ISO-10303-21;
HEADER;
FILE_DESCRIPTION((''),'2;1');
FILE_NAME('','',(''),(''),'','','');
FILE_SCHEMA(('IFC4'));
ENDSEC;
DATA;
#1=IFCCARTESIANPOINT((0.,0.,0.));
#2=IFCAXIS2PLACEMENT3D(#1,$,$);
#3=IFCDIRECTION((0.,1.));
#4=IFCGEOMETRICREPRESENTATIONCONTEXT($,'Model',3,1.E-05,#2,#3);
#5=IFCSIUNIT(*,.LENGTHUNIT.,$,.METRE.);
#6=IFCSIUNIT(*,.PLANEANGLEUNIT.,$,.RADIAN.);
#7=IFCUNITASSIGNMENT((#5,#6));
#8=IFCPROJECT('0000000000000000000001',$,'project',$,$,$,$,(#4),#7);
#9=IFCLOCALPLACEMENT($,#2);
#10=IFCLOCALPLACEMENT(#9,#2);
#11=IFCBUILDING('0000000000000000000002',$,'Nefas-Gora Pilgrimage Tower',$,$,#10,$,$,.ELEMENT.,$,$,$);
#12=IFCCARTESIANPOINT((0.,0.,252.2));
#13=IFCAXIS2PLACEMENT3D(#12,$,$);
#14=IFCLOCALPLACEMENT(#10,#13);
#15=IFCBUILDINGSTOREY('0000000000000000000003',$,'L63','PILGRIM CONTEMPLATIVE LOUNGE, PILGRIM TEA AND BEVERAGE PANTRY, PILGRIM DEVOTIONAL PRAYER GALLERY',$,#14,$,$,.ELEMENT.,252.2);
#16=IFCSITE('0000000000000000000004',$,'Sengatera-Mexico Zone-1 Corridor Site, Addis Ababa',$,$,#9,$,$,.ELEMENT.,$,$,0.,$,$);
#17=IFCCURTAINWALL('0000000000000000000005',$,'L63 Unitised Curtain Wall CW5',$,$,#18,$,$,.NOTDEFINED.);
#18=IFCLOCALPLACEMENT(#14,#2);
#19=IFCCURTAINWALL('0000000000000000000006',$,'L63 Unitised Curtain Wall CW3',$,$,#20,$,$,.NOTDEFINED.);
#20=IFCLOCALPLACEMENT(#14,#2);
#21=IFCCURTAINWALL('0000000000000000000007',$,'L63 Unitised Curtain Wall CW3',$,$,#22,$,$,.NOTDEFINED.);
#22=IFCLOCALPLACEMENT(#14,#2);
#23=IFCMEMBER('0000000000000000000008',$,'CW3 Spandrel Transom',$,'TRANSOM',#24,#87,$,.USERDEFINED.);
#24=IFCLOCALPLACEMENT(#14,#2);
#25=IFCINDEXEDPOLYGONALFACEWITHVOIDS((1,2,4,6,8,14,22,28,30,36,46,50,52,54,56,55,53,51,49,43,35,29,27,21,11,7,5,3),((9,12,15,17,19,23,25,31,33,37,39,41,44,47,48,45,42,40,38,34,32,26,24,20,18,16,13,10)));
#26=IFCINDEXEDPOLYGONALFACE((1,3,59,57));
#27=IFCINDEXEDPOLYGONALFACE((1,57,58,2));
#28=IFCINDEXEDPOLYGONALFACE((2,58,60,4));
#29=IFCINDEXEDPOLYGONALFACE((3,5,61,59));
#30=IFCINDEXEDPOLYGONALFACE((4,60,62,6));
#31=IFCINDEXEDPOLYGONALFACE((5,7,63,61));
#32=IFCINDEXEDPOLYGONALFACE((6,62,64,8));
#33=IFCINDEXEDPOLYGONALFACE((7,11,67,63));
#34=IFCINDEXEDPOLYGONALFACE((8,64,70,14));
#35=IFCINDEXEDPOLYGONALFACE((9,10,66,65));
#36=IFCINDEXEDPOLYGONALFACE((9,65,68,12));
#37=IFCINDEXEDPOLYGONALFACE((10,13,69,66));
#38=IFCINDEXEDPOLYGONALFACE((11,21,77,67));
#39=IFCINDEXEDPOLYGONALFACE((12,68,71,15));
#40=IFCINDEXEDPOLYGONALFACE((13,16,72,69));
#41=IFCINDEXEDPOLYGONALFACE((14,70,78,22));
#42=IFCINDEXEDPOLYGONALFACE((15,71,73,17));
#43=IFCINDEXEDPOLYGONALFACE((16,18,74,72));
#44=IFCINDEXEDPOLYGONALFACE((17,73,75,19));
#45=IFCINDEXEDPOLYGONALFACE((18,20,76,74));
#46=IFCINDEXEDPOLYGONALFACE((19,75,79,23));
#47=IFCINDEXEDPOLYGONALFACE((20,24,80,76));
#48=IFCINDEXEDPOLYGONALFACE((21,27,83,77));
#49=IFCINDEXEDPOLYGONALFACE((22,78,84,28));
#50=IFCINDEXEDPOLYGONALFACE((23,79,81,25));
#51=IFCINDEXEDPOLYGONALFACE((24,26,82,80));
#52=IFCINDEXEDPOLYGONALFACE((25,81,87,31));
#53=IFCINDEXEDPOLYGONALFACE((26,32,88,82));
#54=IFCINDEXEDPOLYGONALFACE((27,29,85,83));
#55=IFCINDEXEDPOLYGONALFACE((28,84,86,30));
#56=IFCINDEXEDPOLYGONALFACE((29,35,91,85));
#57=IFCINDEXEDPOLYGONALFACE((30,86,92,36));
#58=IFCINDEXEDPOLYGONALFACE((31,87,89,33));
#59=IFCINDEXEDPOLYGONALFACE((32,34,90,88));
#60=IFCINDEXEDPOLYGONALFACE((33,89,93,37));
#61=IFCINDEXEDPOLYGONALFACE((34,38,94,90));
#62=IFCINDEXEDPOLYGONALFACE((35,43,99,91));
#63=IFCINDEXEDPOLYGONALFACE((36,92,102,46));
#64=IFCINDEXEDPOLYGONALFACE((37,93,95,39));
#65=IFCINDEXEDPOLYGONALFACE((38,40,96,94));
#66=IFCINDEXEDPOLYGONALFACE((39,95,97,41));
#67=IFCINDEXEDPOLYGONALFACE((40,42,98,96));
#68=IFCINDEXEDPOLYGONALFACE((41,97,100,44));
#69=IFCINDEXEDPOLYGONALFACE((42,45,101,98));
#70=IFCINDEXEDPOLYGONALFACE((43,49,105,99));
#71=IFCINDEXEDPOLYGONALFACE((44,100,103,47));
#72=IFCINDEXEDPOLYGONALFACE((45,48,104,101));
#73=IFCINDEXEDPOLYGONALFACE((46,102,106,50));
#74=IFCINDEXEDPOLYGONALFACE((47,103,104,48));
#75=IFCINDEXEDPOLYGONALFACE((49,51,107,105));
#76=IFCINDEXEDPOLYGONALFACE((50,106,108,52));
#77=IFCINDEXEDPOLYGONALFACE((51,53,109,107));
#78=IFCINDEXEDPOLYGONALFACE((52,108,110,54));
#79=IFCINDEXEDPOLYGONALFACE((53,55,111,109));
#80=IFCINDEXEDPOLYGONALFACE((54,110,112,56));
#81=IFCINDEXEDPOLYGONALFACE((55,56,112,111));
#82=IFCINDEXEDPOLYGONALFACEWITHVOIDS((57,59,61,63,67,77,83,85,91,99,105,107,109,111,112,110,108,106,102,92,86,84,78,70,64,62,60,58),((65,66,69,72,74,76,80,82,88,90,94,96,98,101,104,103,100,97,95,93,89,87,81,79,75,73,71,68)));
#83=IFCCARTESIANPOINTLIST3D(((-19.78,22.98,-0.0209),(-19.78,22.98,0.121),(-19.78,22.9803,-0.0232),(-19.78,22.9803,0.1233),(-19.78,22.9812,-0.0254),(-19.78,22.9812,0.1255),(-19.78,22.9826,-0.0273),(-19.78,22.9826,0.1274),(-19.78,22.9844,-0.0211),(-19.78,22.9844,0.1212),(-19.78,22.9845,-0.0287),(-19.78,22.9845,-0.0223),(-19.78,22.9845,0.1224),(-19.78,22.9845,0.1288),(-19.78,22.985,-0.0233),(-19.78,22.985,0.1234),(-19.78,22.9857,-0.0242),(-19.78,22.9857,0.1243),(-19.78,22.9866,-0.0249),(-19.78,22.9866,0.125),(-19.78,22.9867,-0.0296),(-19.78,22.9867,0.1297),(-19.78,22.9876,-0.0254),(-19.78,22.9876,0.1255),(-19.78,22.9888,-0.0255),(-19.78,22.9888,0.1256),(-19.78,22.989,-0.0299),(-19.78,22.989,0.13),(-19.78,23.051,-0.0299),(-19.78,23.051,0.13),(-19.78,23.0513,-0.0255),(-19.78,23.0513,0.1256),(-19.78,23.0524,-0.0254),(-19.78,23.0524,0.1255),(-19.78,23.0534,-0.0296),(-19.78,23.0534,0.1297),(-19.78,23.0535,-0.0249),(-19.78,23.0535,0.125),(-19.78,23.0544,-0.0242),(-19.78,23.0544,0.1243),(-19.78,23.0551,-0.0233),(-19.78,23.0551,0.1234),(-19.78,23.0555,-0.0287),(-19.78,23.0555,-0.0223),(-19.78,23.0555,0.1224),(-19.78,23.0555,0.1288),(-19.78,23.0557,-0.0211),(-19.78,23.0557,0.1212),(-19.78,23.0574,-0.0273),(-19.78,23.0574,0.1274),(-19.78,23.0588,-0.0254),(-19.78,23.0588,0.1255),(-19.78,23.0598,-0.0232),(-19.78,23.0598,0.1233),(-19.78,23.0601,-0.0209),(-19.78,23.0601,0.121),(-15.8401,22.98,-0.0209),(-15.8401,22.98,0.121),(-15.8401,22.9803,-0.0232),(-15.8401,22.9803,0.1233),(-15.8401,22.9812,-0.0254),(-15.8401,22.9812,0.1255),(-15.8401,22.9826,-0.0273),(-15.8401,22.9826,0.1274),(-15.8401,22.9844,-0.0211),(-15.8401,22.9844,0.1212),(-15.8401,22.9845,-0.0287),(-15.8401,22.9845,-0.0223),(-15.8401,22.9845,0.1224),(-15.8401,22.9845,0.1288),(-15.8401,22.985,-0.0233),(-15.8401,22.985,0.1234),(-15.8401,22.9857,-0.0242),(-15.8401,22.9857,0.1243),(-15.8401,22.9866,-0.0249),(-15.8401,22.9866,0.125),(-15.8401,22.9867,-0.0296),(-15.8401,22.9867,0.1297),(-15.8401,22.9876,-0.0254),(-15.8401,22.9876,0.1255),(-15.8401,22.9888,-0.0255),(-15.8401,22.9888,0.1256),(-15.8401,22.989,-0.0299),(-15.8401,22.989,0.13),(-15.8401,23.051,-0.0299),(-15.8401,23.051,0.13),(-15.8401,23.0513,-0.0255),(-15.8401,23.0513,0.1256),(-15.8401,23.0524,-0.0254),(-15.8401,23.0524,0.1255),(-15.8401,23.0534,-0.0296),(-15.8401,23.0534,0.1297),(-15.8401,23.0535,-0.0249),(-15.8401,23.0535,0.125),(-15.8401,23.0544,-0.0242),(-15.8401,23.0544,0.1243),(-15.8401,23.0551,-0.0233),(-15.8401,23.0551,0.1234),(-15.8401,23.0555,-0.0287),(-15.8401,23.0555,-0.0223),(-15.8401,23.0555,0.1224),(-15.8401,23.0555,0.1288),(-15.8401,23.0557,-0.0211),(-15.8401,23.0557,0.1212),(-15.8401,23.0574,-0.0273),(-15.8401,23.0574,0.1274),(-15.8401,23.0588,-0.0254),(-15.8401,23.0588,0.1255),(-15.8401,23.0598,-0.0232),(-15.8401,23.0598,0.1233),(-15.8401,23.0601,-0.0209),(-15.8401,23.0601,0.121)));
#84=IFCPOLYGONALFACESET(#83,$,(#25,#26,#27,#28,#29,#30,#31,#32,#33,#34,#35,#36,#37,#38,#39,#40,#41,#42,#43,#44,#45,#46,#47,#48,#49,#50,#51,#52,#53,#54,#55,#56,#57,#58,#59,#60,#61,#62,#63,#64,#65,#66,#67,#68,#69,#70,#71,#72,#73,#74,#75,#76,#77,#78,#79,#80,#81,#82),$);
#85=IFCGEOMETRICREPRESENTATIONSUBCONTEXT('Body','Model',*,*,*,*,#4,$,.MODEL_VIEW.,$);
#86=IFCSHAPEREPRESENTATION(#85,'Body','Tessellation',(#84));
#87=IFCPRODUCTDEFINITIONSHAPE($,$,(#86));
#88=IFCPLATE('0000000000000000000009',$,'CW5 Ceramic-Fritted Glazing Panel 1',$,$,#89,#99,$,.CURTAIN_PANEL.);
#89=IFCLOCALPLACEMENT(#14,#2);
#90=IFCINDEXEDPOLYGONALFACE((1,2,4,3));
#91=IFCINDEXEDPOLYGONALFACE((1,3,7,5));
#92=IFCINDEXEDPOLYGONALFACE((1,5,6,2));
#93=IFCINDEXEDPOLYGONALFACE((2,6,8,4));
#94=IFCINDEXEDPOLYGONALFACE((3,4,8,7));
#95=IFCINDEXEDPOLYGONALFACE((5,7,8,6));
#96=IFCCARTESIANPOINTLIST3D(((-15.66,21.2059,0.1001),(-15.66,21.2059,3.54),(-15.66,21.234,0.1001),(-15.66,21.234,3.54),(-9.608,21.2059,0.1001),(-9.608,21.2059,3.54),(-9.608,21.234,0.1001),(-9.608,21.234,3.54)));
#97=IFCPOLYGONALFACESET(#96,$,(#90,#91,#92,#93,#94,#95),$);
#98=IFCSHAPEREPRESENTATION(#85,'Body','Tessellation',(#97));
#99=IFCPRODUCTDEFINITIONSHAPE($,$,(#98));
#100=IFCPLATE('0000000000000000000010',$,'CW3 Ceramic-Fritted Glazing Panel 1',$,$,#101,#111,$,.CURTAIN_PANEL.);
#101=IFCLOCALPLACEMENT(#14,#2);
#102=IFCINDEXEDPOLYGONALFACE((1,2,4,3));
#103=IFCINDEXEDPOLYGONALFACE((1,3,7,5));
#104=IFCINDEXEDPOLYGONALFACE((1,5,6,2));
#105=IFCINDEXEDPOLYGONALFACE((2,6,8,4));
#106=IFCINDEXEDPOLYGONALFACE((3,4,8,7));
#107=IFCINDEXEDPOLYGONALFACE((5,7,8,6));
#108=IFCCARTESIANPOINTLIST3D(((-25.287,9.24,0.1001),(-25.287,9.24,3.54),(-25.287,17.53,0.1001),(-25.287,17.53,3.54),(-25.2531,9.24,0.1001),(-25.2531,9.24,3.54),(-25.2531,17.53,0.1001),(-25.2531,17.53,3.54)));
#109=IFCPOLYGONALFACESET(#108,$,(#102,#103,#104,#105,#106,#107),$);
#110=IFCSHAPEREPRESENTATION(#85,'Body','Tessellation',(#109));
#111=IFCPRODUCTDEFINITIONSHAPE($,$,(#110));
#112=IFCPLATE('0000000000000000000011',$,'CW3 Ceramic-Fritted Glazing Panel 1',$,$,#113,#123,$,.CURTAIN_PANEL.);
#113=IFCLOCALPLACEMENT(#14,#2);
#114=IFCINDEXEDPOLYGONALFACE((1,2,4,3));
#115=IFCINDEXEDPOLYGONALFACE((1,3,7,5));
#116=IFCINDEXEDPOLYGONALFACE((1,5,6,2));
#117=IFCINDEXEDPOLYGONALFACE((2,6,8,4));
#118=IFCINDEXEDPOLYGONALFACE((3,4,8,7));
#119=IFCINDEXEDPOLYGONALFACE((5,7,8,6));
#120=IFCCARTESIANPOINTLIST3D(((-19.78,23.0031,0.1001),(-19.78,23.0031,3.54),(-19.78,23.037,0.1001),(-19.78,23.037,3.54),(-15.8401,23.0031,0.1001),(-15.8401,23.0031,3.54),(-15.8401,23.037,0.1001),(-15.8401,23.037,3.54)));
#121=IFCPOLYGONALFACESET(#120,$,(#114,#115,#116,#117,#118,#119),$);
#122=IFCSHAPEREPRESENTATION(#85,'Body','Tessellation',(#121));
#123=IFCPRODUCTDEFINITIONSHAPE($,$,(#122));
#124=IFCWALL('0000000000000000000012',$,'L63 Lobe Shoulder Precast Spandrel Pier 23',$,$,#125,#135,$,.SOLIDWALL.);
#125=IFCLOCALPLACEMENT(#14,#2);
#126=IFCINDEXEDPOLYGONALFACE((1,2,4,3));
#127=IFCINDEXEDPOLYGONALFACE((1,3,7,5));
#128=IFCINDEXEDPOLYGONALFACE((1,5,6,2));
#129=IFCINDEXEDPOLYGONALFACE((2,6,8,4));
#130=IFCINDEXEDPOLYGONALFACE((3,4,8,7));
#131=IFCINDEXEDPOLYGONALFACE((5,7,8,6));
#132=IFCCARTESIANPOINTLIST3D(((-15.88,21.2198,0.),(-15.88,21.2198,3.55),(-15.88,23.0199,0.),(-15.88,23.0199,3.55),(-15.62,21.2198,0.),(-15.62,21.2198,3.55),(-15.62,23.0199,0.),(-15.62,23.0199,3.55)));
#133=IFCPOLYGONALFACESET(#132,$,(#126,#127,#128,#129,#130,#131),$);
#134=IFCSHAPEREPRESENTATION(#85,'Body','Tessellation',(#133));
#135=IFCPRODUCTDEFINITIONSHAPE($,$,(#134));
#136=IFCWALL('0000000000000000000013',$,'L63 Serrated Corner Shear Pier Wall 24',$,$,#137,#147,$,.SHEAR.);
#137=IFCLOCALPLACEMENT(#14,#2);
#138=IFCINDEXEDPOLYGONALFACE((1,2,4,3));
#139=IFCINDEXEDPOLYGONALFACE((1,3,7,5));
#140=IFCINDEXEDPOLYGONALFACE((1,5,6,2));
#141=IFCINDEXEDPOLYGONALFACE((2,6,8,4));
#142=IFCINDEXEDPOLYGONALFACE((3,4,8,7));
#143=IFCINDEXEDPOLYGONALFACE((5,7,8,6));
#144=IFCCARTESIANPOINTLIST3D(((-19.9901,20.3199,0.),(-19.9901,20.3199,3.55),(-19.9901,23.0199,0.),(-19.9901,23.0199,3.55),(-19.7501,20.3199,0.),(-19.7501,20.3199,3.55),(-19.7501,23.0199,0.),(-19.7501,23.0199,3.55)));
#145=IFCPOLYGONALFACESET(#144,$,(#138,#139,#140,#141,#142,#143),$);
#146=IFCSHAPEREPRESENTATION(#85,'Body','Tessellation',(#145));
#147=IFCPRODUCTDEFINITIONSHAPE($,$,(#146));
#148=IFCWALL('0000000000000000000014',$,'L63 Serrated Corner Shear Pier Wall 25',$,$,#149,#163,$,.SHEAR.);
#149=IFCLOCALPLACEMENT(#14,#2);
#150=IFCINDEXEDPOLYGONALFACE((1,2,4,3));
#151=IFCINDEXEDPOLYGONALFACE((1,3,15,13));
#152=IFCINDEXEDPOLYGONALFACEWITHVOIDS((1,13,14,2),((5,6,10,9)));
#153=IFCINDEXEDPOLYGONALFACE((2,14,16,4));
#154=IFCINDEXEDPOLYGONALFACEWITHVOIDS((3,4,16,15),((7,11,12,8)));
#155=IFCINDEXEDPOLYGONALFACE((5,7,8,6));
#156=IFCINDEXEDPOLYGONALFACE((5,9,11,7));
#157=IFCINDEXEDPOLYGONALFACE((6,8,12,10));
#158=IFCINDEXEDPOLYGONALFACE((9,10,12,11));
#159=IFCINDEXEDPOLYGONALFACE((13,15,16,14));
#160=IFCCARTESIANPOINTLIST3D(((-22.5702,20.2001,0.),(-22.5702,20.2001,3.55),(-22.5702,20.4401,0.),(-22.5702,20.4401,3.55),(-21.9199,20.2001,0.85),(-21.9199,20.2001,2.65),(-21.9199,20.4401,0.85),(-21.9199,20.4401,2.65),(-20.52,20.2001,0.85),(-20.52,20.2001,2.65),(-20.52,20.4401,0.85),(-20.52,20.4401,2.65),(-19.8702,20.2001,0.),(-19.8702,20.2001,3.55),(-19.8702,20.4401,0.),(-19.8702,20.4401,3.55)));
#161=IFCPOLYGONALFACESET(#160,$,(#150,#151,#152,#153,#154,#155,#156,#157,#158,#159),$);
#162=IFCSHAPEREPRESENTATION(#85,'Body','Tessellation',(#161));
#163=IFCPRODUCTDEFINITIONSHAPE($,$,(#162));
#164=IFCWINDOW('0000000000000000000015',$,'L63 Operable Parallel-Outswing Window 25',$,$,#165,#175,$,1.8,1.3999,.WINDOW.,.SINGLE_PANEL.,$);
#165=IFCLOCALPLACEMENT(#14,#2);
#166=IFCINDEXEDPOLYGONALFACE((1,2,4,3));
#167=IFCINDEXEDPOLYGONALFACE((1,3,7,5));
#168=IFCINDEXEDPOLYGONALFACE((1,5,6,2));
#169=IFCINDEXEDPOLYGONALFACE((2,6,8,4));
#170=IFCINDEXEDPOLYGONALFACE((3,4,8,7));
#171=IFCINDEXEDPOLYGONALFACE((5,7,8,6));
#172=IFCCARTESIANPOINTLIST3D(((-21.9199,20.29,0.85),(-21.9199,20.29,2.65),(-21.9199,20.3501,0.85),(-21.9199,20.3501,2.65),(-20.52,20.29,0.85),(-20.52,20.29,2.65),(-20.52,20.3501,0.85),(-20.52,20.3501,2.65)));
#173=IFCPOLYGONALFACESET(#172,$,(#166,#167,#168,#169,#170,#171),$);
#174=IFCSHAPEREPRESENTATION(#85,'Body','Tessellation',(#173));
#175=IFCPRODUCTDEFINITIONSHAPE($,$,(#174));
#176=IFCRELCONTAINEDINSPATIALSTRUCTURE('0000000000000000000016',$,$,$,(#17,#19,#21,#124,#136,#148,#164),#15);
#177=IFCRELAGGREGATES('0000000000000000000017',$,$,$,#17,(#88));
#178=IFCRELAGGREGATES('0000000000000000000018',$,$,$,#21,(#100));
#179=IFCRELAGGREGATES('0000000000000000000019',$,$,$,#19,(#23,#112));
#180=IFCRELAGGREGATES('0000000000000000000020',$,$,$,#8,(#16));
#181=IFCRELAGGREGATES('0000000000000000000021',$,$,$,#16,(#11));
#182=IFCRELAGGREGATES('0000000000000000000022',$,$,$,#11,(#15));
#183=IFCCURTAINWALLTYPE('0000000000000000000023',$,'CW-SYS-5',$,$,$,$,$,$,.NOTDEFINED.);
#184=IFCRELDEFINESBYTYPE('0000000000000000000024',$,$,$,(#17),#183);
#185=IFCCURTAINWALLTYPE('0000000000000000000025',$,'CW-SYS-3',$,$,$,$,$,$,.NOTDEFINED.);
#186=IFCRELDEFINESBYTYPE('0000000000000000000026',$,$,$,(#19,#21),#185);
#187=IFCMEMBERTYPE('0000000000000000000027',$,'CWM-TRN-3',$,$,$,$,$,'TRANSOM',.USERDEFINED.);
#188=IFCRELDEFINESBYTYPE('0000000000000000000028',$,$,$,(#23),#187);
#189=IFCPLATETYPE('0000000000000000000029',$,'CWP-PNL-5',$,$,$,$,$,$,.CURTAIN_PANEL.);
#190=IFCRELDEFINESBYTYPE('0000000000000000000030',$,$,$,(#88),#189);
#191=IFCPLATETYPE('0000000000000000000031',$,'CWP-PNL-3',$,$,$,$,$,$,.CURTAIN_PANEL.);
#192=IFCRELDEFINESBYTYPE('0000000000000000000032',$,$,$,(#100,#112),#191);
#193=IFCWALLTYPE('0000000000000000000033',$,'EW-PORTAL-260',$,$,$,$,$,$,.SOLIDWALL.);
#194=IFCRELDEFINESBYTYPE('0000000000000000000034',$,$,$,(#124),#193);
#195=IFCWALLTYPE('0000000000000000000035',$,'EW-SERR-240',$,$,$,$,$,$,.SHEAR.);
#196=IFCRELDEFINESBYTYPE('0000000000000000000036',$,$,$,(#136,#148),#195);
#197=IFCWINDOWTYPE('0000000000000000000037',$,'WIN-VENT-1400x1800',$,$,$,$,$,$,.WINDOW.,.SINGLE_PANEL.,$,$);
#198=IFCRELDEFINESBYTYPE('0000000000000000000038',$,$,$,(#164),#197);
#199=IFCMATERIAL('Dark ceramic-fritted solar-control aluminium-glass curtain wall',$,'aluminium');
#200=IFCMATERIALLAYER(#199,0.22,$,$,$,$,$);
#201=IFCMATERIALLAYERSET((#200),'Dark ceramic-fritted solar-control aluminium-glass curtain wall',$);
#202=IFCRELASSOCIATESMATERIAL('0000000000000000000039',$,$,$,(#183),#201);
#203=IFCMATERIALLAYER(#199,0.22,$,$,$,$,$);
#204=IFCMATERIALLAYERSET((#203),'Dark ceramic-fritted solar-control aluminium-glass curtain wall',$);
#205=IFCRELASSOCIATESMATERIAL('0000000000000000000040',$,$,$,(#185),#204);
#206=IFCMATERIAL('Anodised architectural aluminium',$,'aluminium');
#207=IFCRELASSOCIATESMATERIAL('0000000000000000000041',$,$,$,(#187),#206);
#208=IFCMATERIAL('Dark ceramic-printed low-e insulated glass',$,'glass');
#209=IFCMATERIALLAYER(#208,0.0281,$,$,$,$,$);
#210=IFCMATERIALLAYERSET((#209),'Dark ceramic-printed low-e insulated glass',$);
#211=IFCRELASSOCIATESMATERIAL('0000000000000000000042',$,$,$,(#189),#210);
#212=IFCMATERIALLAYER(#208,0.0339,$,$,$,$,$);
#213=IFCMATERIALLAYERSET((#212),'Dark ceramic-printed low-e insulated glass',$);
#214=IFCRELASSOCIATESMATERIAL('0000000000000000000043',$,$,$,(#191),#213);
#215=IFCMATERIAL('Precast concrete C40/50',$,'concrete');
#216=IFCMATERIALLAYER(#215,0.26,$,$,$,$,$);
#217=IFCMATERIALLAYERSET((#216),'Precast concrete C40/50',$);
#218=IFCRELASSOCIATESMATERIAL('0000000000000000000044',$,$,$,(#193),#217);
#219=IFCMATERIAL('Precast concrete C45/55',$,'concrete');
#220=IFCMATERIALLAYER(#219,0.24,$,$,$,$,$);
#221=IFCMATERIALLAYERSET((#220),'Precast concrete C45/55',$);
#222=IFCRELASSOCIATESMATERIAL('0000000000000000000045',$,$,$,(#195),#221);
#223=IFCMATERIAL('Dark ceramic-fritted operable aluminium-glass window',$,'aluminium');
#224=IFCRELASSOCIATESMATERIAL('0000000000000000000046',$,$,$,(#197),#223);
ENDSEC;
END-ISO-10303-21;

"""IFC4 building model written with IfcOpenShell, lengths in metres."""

from ifc_helpers import new_model, si_unit, direction, frame, frame_2d, origin, origin_2d, place, context, subcontext, project, spatial, rectangle, hollow_rectangle, extrude, source, transform, mapped, material, layer, layer_set, material_profile, profile_set, type_object, element, fill, aggregate, save


model = new_model("IFC4")

# Units and contexts
model_context = context("Model", 3, precision=1e-05, world=origin(), true_north=direction((0.0, 1.0)))
body_context = subcontext(model_context, "Body", "Model", "MODEL_VIEW")
ifc_project = project(units=[si_unit("LENGTHUNIT", "METRE"), si_unit("PLANEANGLEUNIT", "RADIAN")], contexts=[model_context])

# Site, building, storey
site_placement = place(None, origin())
site = spatial("IfcSite", under=ifc_project, at=site_placement, Name="Sengatera-Mexico Zone-1 Corridor Site, Addis Ababa", CompositionType="ELEMENT", RefElevation=0.0)
building_placement = place(site_placement, origin())
building = spatial("IfcBuilding", under=site, at=building_placement, Name="Nefas-Gora Pilgrimage Tower", CompositionType="ELEMENT")
storey_placement = place(building_placement, frame((0.0, 0.0, 252.2)))
storey = spatial("IfcBuildingStorey", under=building, at=storey_placement, Name="L63", Description="PILGRIM CONTEMPLATIVE LOUNGE, PILGRIM TEA AND BEVERAGE PANTRY, PILGRIM DEVOTIONAL PRAYER GALLERY", CompositionType="ELEMENT", Elevation=252.2)

# Curtain walls
ifc_material_1 = material(Name="Dark ceramic-fritted solar-control aluminium-glass curtain wall", Category="aluminium")
ifc_layer_1 = layer(ifc_material_1, 0.22)
ifc_layer_set_1 = layer_set([ifc_layer_1], Name="Dark ceramic-fritted solar-control aluminium-glass curtain wall")
curtain_wall_type_1 = type_object("IfcCurtainWallType", Name="CW-SYS-5", PredefinedType="NOTDEFINED", material=ifc_layer_set_1)
curtain_wall_1_placement = place(storey_placement, origin())
curtain_wall_1 = element("IfcCurtainWall", 1, at=curtain_wall_1_placement, inside=storey, type_object=curtain_wall_type_1, Name="L63 Unitised Curtain Wall CW5", PredefinedType="NOTDEFINED")
ifc_material_2 = material(Name="Anodised architectural aluminium", Category="aluminium")
ifc_layer_2 = layer(ifc_material_1, 0.22)
ifc_layer_set_2 = layer_set([ifc_layer_2], Name="Dark ceramic-fritted solar-control aluminium-glass curtain wall")
curtain_wall_type_2 = type_object("IfcCurtainWallType", Name="CW-SYS-3", PredefinedType="NOTDEFINED", material=ifc_layer_set_2)
curtain_wall_2_placement = place(storey_placement, origin())
curtain_wall_2 = element("IfcCurtainWall", 2, at=curtain_wall_2_placement, inside=storey, type_object=curtain_wall_type_2, Name="L63 Unitised Curtain Wall CW3", PredefinedType="NOTDEFINED")
curtain_wall_3_placement = place(storey_placement, origin())
curtain_wall_3 = element("IfcCurtainWall", 3, at=curtain_wall_3_placement, inside=storey, type_object=curtain_wall_type_2, Name="L63 Unitised Curtain Wall CW3", PredefinedType="NOTDEFINED")
ifc_material_profile_1 = material_profile(ifc_material_2, hollow_rectangle(XDim=0.0801, YDim=0.1599, WallThickness=0.0044, InnerFilletRadius=0.0044, OuterFilletRadius=0.009, at=origin_2d()), Name="ALU TRANSOM 80x160")
ifc_profile_set_1 = profile_set([ifc_material_profile_1], Name="Anodised architectural aluminium")
member_type_1 = type_object("IfcMemberType", Name="CWM-TRN-3", ElementType="TRANSOM", PredefinedType="USERDEFINED", material=ifc_profile_set_1)

# Member
shared_shape_1 = source(origin(), body_context, "Body", "SweptSolid", [
    extrude(hollow_rectangle(XDim=0.0801, YDim=0.1599, WallThickness=0.0044, InnerFilletRadius=0.0044, OuterFilletRadius=0.009, at=origin_2d()), origin(), (0.0, 0.0, 1.0), 3.9399),
])
member_1_placement = place(storey_placement, frame((-15.8401, 23.02, 0.05), z_axis=(-1.0, 0.0, 0.0), x_axis=(0.0, -1.0, 0.0)))
member_1 = element("IfcMember", 4, at=member_1_placement, type_object=member_type_1, Name="CW3 Spandrel Transom", ObjectType="TRANSOM", PredefinedType="USERDEFINED", context=body_context, shape_type="MappedRepresentation", body=[
    mapped(shared_shape_1, transform((0.0, 0.0, 0.0), x_axis=(1.0, 0.0, 0.0), y_axis=(0.0, 1.0, 0.0), z_axis=(0.0, 0.0, 1.0), scale=1.0)),
])

# Plates
ifc_material_3 = material(Name="Dark ceramic-printed low-e insulated glass", Category="glass")
ifc_layer_3 = layer(ifc_material_3, 0.0281)
ifc_layer_set_3 = layer_set([ifc_layer_3], Name="Dark ceramic-printed low-e insulated glass")
plate_type_1 = type_object("IfcPlateType", Name="CWP-PNL-5", PredefinedType="CURTAIN_PANEL", material=ifc_layer_set_3)
shared_shape_2 = source(origin(), body_context, "Body", "SweptSolid", [
    extrude(rectangle(XDim=6.052, YDim=0.0281, at=origin_2d()), origin(), (0.0, 0.0, 1.0), 3.4399),
])
plate_1_placement = place(storey_placement, frame((-12.634, 21.22, 0.1001), z_axis=(0.0, 0.0, 1.0), x_axis=(-1.0, 0.0, 0.0)))
plate_1 = element("IfcPlate", 5, at=plate_1_placement, type_object=plate_type_1, Name="CW5 Ceramic-Fritted Glazing Panel 1", PredefinedType="CURTAIN_PANEL", context=body_context, shape_type="MappedRepresentation", body=[
    mapped(shared_shape_2, transform((0.0, 0.0, 0.0), x_axis=(1.0, 0.0, 0.0), y_axis=(0.0, 1.0, 0.0), z_axis=(0.0, 0.0, 1.0), scale=1.0)),
])
aggregate(curtain_wall_1, [plate_1])
ifc_layer_4 = layer(ifc_material_3, 0.0339)
ifc_layer_set_4 = layer_set([ifc_layer_4], Name="Dark ceramic-printed low-e insulated glass")
plate_type_2 = type_object("IfcPlateType", Name="CWP-PNL-3", PredefinedType="CURTAIN_PANEL", material=ifc_layer_set_4)
shared_shape_3 = source(origin(), body_context, "Body", "SweptSolid", [
    extrude(rectangle(XDim=8.29, YDim=0.0339, at=origin_2d()), origin(), (0.0, 0.0, 1.0), 3.4399),
])
plate_2_placement = place(storey_placement, frame((-25.27, 13.385, 0.1001), z_axis=(0.0, 0.0, 1.0), x_axis=(0.0, -1.0, 0.0)))
plate_2 = element("IfcPlate", 6, at=plate_2_placement, type_object=plate_type_2, Name="CW3 Ceramic-Fritted Glazing Panel 1", PredefinedType="CURTAIN_PANEL", context=body_context, shape_type="MappedRepresentation", body=[
    mapped(shared_shape_3, transform((0.0, 0.0, 0.0), x_axis=(1.0, 0.0, 0.0), y_axis=(0.0, 1.0, 0.0), z_axis=(0.0, 0.0, 1.0), scale=1.0)),
])
aggregate(curtain_wall_3, [plate_2])
shared_shape_4 = source(origin(), body_context, "Body", "SweptSolid", [
    extrude(rectangle(XDim=3.9399, YDim=0.0339, at=origin_2d()), origin(), (0.0, 0.0, 1.0), 3.4399),
])
plate_3_placement = place(storey_placement, frame((-17.8101, 23.02, 0.1001), z_axis=(0.0, 0.0, 1.0), x_axis=(-1.0, 0.0, 0.0)))
plate_3 = element("IfcPlate", 7, at=plate_3_placement, type_object=plate_type_2, Name="CW3 Ceramic-Fritted Glazing Panel 1", PredefinedType="CURTAIN_PANEL", context=body_context, shape_type="MappedRepresentation", body=[
    mapped(shared_shape_4, transform((0.0, 0.0, 0.0), x_axis=(1.0, 0.0, 0.0), y_axis=(0.0, 1.0, 0.0), z_axis=(0.0, 0.0, 1.0), scale=1.0)),
])
aggregate(curtain_wall_2, [member_1, plate_3])

# Walls
ifc_material_4 = material(Name="Precast concrete C40/50", Category="concrete")
ifc_layer_5 = layer(ifc_material_4, 0.26)
ifc_layer_set_5 = layer_set([ifc_layer_5], Name="Precast concrete C40/50")
wall_type_1 = type_object("IfcWallType", Name="EW-PORTAL-260", PredefinedType="SOLIDWALL", material=ifc_layer_set_5)
shared_shape_5 = source(origin(), body_context, "Body", "SweptSolid", [
    extrude(rectangle(XDim=1.8, YDim=0.26, at=frame_2d((0.8999, 0.0))), origin(), (0.0, 0.0, 1.0), 3.55),
])
wall_1_placement = place(storey_placement, frame((-15.75, 21.22, 0.0), z_axis=(0.0, 0.0, 1.0), x_axis=(0.0, 1.0, 0.0)))
element("IfcWall", 8, at=wall_1_placement, inside=storey, type_object=wall_type_1, Name="L63 Lobe Shoulder Precast Spandrel Pier 23", PredefinedType="SOLIDWALL", context=body_context, shape_type="MappedRepresentation", body=[
    mapped(shared_shape_5, transform((0.0, 0.0, 0.0), x_axis=(1.0, 0.0, 0.0), y_axis=(0.0, 1.0, 0.0), z_axis=(0.0, 0.0, 1.0), scale=1.0)),
])
ifc_material_5 = material(Name="Precast concrete C45/55", Category="concrete")
ifc_layer_6 = layer(ifc_material_5, 0.24)
ifc_layer_set_6 = layer_set([ifc_layer_6], Name="Precast concrete C45/55")
wall_type_2 = type_object("IfcWallType", Name="EW-SERR-240", PredefinedType="SHEAR", material=ifc_layer_set_6)
shared_shape_6 = source(origin(), body_context, "Body", "SweptSolid", [
    extrude(rectangle(XDim=2.7, YDim=0.24, at=frame_2d((1.3501, 0.0))), origin(), (0.0, 0.0, 1.0), 3.55),
])
wall_2_placement = place(storey_placement, frame((-19.8701, 23.02, 0.0), z_axis=(0.0, 0.0, 1.0), x_axis=(0.0, -1.0, 0.0)))
element("IfcWall", 9, at=wall_2_placement, inside=storey, type_object=wall_type_2, Name="L63 Serrated Corner Shear Pier Wall 24", PredefinedType="SHEAR", context=body_context, shape_type="MappedRepresentation", body=[
    mapped(shared_shape_6, transform((0.0, 0.0, 0.0), x_axis=(1.0, 0.0, 0.0), y_axis=(0.0, 1.0, 0.0), z_axis=(0.0, 0.0, 1.0), scale=1.0)),
])

# Wall, opening, window
wall_3_placement = place(storey_placement, frame((-19.8701, 20.3201, 0.0), z_axis=(0.0, 0.0, 1.0), x_axis=(-1.0, 0.0, 0.0)))
wall_3 = element("IfcWall", 10, at=wall_3_placement, inside=storey, type_object=wall_type_2, Name="L63 Serrated Corner Shear Pier Wall 25", PredefinedType="SHEAR", context=body_context, shape_type="MappedRepresentation", body=[
    mapped(shared_shape_6, transform((0.0, 0.0, 0.0), x_axis=(1.0, 0.0, 0.0), y_axis=(0.0, 1.0, 0.0), z_axis=(0.0, 0.0, 1.0), scale=1.0)),
])
opening_1_placement = place(wall_3_placement, frame((0.6499, 0.0, 0.8501)))
opening_1 = element("IfcOpeningElement", 11, at=opening_1_placement, cuts=wall_3, PredefinedType="OPENING", context=body_context, shape_type="SweptSolid", body=[
    extrude(rectangle(XDim=1.3999, YDim=1.8, at=frame_2d((0.7, 0.8999))), frame((0.0, 0.1299, 0.0), z_axis=(0.0, -1.0, 0.0), x_axis=(1.0, 0.0, 0.0)), (0.0, 0.0, 1.0), 0.26),
])
ifc_material_6 = material(Name="Dark ceramic-fritted operable aluminium-glass window", Category="aluminium")
window_type = type_object("IfcWindowType", Name="WIN-VENT-1400x1800", PartitioningType="SINGLE_PANEL", PredefinedType="WINDOW", material=ifc_material_6)
shared_shape_7 = source(origin(), body_context, "Body", "SweptSolid", [
    extrude(rectangle(XDim=1.3999, YDim=1.8, at=frame_2d((0.7, 0.8999))), frame((0.0, 0.03, 0.0), z_axis=(0.0, -1.0, 0.0), x_axis=(1.0, 0.0, 0.0)), (0.0, 0.0, 1.0), 0.0601),
])
window_placement = place(opening_1_placement, origin())
window = element("IfcWindow", 12, at=window_placement, inside=storey, type_object=window_type, Name="L63 Operable Parallel-Outswing Window 25", OverallHeight=1.8, OverallWidth=1.3999, PartitioningType="SINGLE_PANEL", PredefinedType="WINDOW", context=body_context, shape_type="MappedRepresentation", body=[
    mapped(shared_shape_7, transform((0.0, 0.0, 0.0), x_axis=(1.0, 0.0, 0.0), y_axis=(0.0, 1.0, 0.0), z_axis=(0.0, 0.0, 1.0), scale=1.0)),
])
fill(opening_1, window)

save(model, "model.ifc")
